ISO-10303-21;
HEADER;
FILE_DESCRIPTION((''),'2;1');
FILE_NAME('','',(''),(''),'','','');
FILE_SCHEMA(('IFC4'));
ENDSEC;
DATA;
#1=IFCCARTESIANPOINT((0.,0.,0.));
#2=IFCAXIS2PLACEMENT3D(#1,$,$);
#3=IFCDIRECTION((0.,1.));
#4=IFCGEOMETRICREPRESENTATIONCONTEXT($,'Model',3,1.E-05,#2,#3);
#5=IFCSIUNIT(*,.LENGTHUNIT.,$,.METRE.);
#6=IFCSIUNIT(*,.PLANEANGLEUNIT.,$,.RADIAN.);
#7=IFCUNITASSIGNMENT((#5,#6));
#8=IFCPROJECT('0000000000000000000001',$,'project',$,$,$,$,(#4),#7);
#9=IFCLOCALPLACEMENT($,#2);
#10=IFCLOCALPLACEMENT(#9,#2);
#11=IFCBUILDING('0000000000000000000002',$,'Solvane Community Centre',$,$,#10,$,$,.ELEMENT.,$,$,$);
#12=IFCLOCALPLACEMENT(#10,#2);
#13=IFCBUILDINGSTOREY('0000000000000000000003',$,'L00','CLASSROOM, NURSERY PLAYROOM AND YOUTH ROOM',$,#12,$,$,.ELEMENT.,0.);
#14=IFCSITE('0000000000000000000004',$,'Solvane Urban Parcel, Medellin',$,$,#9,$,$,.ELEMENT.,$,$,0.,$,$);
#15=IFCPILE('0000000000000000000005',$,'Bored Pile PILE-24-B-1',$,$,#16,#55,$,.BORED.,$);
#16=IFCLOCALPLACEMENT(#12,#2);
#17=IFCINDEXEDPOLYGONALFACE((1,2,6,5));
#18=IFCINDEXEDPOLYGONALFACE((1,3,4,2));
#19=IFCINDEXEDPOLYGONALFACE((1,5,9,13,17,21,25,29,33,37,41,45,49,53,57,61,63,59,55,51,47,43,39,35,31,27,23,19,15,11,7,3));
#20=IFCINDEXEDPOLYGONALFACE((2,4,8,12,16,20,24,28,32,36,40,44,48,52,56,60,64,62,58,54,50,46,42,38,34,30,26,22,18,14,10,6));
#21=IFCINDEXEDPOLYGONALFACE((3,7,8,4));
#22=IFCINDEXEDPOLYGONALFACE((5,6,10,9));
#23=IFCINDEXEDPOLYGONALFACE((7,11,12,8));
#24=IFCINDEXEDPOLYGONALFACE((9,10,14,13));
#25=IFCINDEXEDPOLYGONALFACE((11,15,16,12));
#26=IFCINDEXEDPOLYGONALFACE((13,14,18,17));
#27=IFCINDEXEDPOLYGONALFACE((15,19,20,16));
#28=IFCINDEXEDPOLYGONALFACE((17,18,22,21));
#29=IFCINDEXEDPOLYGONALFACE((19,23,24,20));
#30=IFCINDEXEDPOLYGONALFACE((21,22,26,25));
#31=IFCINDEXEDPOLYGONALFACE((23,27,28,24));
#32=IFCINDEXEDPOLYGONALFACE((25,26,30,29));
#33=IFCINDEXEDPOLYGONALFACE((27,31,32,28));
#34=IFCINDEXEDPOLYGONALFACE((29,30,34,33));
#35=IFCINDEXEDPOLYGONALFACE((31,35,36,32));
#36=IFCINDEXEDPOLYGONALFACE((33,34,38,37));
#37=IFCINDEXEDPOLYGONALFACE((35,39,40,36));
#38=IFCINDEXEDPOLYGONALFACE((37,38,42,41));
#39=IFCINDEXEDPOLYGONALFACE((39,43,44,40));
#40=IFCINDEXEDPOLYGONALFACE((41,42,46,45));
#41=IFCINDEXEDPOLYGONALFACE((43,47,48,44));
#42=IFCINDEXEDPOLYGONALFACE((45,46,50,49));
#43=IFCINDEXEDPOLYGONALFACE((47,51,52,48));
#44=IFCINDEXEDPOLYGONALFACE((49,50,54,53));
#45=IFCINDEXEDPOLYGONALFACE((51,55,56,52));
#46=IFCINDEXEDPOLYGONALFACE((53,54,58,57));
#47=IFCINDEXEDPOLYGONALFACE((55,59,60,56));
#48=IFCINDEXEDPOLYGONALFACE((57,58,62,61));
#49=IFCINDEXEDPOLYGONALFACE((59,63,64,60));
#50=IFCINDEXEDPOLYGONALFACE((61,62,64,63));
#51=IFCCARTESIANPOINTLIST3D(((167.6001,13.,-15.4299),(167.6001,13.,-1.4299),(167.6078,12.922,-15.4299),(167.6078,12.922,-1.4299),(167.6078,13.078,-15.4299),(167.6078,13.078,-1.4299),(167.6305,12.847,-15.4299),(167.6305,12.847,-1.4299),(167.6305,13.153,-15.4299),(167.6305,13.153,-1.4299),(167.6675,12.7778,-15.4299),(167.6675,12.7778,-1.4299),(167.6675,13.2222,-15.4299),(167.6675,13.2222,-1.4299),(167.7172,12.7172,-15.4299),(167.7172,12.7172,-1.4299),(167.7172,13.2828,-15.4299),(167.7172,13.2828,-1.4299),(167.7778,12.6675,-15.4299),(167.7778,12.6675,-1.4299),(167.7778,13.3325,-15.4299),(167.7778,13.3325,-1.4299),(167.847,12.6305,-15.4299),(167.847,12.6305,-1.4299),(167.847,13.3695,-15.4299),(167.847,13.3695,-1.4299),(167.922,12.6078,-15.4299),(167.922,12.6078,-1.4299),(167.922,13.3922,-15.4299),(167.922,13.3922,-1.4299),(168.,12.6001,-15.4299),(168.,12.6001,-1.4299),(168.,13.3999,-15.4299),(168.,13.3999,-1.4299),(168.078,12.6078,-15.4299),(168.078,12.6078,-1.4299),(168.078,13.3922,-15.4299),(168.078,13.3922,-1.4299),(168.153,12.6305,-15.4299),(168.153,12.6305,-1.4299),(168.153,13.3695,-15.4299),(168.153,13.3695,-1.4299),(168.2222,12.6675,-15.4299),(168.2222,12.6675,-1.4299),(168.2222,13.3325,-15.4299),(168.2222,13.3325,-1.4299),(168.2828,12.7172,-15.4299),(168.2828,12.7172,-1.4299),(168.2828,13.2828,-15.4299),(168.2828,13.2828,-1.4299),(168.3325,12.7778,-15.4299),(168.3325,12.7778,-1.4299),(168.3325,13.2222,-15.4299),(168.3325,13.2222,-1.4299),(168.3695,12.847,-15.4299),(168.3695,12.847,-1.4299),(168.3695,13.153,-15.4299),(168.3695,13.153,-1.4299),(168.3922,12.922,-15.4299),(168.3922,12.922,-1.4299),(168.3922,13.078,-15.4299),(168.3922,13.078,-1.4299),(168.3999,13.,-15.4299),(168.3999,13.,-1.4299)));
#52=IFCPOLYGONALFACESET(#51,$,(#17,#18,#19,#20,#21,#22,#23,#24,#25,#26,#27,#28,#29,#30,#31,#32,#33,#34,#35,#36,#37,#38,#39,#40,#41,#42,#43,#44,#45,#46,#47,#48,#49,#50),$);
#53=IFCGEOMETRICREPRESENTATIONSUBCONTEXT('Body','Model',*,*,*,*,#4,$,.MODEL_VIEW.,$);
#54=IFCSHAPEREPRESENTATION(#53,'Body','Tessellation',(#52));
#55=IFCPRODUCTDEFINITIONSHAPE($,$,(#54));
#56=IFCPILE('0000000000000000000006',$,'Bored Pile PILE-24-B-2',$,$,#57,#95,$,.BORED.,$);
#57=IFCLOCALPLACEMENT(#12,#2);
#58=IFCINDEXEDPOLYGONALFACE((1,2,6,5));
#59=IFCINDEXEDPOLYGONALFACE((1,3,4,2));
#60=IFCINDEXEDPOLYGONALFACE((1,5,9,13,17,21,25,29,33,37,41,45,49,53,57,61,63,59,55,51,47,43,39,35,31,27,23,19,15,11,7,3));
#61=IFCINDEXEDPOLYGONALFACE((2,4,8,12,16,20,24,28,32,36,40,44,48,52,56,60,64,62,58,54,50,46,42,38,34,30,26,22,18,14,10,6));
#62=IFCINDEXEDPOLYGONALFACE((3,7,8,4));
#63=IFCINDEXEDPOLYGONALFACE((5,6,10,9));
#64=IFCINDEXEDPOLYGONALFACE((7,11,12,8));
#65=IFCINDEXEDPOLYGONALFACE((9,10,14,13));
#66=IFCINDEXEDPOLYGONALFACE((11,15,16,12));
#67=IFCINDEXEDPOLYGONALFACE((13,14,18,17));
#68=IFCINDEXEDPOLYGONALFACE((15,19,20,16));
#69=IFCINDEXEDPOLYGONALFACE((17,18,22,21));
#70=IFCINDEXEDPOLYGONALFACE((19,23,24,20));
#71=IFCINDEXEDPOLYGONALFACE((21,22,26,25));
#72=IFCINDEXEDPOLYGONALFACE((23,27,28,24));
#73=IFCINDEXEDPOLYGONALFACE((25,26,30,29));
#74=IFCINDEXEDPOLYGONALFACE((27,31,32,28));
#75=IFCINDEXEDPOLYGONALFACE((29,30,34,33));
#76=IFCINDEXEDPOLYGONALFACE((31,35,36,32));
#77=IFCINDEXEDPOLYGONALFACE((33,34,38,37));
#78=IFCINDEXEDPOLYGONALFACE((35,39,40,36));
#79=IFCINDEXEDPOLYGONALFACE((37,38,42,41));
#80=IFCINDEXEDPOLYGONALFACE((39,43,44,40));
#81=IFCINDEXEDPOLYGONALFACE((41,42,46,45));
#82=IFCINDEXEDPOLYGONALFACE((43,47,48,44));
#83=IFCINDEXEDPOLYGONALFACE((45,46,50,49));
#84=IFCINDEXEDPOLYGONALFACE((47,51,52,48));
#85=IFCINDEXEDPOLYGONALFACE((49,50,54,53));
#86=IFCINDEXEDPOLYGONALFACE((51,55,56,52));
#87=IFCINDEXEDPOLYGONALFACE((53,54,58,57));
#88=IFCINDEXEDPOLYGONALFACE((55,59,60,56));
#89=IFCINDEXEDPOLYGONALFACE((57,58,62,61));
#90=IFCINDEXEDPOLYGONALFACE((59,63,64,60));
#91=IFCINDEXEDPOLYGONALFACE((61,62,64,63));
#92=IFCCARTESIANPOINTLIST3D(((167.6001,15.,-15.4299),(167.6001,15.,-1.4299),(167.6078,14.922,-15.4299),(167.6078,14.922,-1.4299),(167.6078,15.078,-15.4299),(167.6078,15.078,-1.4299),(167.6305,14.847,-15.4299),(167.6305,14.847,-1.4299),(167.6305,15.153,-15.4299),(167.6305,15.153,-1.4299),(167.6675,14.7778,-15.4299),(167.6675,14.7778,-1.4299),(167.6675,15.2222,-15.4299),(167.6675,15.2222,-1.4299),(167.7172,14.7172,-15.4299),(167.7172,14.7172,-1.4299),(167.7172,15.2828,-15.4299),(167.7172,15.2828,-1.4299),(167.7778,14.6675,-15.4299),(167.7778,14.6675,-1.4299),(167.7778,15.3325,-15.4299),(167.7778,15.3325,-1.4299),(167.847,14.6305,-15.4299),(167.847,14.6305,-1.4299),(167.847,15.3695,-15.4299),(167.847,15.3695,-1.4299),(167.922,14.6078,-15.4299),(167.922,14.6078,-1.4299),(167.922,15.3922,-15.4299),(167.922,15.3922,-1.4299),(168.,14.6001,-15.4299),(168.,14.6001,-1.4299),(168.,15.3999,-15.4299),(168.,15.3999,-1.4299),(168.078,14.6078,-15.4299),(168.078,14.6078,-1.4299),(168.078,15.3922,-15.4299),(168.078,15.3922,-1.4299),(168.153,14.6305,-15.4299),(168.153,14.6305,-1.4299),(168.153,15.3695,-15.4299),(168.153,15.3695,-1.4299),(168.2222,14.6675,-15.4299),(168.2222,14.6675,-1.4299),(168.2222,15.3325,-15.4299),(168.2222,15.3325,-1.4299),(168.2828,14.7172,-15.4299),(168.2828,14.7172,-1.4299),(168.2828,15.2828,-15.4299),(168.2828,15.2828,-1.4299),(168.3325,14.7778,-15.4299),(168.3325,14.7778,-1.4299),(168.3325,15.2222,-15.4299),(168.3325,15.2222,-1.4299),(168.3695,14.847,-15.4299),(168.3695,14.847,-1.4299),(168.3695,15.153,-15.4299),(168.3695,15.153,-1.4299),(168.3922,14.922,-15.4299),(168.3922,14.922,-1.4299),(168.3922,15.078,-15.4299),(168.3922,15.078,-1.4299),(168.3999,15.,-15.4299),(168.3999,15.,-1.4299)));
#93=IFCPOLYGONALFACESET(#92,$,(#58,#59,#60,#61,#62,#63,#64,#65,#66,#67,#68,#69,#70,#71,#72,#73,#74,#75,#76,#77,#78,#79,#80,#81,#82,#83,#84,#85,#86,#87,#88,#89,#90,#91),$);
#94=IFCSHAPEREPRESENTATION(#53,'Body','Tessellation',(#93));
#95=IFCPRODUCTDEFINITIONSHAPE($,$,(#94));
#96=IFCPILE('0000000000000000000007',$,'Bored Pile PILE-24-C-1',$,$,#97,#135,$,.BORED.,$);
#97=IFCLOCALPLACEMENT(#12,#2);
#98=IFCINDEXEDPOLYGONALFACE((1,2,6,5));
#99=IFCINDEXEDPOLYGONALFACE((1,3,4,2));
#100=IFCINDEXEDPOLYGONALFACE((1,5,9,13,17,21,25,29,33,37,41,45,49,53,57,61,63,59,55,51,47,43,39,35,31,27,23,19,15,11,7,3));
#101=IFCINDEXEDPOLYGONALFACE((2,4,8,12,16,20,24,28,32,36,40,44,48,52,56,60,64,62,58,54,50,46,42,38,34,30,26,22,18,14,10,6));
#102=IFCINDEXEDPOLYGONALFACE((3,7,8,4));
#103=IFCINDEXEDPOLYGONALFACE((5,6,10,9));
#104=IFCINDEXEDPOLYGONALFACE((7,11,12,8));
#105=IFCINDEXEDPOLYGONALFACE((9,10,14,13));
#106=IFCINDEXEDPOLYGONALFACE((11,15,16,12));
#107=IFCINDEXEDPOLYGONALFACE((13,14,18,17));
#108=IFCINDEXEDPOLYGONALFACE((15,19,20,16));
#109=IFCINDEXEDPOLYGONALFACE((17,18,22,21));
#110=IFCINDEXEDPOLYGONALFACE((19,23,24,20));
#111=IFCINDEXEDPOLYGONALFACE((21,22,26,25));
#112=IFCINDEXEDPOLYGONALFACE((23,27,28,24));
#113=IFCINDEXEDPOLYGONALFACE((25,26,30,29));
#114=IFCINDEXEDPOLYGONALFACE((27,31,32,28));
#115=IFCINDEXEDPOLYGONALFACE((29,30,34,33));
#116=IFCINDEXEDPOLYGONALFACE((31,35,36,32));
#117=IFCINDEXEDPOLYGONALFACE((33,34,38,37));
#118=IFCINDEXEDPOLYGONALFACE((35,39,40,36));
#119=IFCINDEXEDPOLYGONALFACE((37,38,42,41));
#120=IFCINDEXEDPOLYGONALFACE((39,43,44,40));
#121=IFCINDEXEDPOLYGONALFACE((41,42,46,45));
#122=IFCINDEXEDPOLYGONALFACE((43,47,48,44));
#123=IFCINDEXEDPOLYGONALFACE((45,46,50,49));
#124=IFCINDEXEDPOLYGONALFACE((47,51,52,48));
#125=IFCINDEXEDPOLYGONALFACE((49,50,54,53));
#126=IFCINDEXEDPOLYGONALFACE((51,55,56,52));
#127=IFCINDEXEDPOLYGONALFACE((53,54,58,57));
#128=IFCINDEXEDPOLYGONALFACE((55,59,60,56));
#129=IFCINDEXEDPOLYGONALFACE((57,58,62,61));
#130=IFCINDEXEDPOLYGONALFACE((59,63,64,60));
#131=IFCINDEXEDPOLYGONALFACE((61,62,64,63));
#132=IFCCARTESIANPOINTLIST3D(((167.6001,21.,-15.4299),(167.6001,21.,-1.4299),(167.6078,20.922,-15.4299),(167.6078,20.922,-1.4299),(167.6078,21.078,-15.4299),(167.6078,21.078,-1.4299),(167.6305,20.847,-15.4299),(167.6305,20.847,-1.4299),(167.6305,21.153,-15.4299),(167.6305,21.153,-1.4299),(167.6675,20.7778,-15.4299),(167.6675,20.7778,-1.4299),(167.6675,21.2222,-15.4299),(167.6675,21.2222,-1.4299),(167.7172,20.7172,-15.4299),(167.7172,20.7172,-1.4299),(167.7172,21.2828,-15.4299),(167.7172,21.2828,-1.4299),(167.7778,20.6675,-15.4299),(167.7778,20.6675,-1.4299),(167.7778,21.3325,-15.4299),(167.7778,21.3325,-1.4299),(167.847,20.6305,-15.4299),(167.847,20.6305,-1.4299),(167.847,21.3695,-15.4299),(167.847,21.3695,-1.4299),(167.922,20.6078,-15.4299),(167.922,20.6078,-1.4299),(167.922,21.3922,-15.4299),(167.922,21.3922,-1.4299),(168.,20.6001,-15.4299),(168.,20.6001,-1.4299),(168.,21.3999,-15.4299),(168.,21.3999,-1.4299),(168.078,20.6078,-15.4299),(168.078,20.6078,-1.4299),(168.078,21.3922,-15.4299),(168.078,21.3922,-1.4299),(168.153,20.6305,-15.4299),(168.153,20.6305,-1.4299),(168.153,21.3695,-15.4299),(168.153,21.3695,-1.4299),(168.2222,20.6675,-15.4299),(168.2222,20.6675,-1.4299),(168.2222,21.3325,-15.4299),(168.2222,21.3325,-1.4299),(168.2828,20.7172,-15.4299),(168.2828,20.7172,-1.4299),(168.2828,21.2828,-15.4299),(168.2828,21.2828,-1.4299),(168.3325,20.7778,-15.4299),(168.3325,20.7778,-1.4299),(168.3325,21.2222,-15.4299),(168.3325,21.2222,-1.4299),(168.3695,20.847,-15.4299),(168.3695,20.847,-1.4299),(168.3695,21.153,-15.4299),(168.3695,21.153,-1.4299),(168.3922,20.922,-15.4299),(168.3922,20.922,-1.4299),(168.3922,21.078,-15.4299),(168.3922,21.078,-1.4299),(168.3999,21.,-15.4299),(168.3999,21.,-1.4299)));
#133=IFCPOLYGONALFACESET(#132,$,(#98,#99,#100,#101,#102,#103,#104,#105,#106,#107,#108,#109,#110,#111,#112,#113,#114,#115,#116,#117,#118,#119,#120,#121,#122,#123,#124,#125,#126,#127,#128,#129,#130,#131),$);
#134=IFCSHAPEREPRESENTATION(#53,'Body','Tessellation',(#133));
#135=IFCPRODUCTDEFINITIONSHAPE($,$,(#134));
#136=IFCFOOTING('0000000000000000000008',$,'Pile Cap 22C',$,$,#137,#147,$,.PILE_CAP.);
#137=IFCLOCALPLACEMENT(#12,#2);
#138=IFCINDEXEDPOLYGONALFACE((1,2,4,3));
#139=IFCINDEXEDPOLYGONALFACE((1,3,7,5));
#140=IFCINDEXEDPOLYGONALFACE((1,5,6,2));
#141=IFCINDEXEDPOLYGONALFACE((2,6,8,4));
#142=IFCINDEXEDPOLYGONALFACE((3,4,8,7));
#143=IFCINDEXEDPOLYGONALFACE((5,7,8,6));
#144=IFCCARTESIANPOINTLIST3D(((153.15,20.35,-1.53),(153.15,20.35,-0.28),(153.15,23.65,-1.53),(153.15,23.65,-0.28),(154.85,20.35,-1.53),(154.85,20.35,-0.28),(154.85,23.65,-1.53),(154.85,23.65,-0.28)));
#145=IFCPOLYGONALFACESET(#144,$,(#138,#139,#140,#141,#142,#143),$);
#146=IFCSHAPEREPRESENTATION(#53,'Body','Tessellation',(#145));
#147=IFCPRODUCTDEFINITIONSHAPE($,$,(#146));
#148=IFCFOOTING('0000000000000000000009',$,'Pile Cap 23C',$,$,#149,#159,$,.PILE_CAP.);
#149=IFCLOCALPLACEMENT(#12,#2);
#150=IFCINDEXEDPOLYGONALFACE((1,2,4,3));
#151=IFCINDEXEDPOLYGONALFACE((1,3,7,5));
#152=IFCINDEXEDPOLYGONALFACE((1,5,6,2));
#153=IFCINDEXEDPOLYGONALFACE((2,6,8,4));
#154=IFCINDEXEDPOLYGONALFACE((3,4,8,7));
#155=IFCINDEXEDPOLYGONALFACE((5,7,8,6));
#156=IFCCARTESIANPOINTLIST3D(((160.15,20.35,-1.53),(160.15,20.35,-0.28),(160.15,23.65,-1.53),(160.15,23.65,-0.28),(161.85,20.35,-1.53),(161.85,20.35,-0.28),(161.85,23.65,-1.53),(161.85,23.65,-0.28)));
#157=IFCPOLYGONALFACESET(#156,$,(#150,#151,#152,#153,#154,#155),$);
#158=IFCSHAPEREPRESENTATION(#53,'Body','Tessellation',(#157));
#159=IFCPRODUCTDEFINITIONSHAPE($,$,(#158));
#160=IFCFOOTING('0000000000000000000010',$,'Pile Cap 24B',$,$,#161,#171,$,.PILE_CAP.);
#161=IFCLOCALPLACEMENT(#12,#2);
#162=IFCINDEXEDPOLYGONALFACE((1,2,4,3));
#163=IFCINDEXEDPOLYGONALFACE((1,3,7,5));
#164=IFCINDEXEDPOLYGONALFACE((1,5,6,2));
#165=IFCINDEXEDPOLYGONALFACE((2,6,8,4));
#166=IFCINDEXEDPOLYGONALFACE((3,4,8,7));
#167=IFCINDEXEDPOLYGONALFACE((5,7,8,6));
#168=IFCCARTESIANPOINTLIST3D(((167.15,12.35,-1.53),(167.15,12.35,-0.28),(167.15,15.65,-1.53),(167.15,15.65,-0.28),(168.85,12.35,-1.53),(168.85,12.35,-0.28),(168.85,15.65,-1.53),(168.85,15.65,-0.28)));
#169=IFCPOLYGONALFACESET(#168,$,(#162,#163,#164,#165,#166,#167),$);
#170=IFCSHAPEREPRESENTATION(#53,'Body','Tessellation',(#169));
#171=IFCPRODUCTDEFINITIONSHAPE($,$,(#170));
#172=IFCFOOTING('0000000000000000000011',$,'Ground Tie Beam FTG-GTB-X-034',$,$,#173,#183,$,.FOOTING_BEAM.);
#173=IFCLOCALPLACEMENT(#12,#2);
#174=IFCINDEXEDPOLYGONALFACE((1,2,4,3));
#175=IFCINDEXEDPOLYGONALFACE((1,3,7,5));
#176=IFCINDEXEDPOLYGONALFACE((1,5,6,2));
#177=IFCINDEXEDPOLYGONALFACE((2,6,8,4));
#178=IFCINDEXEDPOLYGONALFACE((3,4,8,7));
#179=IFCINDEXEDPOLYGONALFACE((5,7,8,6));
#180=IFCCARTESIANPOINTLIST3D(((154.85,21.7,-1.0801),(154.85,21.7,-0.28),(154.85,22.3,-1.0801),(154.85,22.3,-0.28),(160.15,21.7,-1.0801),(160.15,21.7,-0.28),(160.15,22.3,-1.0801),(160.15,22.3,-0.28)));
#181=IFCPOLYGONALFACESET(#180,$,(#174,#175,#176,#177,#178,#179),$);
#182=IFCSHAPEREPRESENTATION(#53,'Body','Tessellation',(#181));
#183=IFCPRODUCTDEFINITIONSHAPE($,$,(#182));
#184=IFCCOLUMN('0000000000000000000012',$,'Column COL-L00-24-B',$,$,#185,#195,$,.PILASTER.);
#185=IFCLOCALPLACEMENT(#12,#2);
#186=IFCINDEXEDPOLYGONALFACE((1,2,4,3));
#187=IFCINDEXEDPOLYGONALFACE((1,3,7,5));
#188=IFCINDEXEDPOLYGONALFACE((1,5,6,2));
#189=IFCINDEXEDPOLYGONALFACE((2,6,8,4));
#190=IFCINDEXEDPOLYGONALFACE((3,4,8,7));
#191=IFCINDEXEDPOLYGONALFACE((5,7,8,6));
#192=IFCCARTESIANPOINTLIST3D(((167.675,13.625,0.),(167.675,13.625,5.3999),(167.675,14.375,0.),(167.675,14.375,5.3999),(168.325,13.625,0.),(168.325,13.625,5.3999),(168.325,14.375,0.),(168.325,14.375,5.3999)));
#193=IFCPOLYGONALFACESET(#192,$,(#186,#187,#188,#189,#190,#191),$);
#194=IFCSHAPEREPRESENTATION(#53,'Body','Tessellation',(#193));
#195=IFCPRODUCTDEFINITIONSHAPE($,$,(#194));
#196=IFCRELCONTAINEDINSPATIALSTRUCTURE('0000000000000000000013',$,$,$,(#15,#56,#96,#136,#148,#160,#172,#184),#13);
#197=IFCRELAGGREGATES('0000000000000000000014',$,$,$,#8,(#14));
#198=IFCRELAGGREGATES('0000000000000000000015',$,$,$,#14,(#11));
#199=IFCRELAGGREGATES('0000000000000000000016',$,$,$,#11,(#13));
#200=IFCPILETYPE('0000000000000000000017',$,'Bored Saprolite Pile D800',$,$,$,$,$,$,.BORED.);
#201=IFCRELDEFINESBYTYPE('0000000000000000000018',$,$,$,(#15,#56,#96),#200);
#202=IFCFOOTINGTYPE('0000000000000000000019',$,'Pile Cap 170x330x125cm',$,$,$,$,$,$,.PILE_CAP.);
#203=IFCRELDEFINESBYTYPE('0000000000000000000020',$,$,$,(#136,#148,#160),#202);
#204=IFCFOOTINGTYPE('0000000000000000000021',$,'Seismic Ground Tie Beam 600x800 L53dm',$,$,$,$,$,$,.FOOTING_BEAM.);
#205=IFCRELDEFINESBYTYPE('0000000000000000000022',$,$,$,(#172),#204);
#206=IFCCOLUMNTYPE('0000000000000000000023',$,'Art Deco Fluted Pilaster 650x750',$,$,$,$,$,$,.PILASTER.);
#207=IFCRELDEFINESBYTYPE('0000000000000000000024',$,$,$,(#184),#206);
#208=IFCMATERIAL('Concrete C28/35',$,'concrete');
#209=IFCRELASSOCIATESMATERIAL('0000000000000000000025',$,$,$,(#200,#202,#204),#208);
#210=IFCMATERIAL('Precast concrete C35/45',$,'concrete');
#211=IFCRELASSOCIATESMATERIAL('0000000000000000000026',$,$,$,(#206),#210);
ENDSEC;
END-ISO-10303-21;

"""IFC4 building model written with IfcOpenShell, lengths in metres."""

from ifc_helpers import new_model, si_unit, direction, frame, origin, origin_2d, place, context, subcontext, project, spatial, rectangle, circle, extrude, material, material_profile, profile_set, type_object, element, save


model = new_model("IFC4")

# Units and contexts
model_context = context("Model", 3, precision=1e-05, world=origin(), true_north=direction((0.0, 1.0)))
body_context = subcontext(model_context, "Body", "Model", "MODEL_VIEW")
ifc_project = project(units=[si_unit("LENGTHUNIT", "METRE"), si_unit("PLANEANGLEUNIT", "RADIAN")], contexts=[model_context])

# Site, building, storey
site_placement = place(None, origin())
site = spatial("IfcSite", under=ifc_project, at=site_placement, Name="Solvane Urban Parcel, Medellin", CompositionType="ELEMENT", RefElevation=0.0)
building_placement = place(site_placement, origin())
building = spatial("IfcBuilding", under=site, at=building_placement, Name="Solvane Community Centre", CompositionType="ELEMENT")
storey_placement = place(building_placement, origin())
storey = spatial("IfcBuildingStorey", under=building, at=storey_placement, Name="L00", Description="CLASSROOM, NURSERY PLAYROOM AND YOUTH ROOM", CompositionType="ELEMENT", Elevation=0.0)

# Piles
ifc_material_1 = material(Name="Concrete C28/35", Category="concrete")
ifc_material_profile_1 = material_profile(ifc_material_1, circle(Radius=0.3999, at=origin_2d()), Name="PILE D800")
ifc_profile_set_1 = profile_set([ifc_material_profile_1], Name="Concrete C28/35")
pile_type = type_object("IfcPileType", Name="Bored Saprolite Pile D800", PredefinedType="BORED", material=ifc_profile_set_1)
for number, where, z_axis, x_axis, name in (
    (1, (168.0, 13.0, -1.4299), (0.0, 0.0, -1.0), (1.0, 0.0, 0.0), "Bored Pile PILE-24-B-1"),
    (2, (168.0, 15.0, -1.4299), (0.0, 0.0, -1.0), (1.0, 0.0, 0.0), "Bored Pile PILE-24-B-2"),
    (3, (168.0, 21.0, -1.4299), (0.0, 0.0, -1.0), (1.0, 0.0, 0.0), "Bored Pile PILE-24-C-1"),
):
    element("IfcPile", number, at=place(storey_placement, frame(where, z_axis=z_axis, x_axis=x_axis)), inside=storey, type_object=pile_type, Name=name, PredefinedType="BORED", context=body_context, shape_type="SweptSolid", body=[
        extrude(circle(Radius=0.3999, at=origin_2d()), origin(), (0.0, 0.0, 1.0), 14.0),
    ])

# Footings
footing_type_1 = type_object("IfcFootingType", Name="Pile Cap 170x330x125cm", PredefinedType="PILE_CAP", material=ifc_material_1)
for number, where, z_axis, x_axis, name in (
    (4, (154.0, 22.0, -1.53), (0.0, 0.0, 1.0), (1.0, 0.0, 0.0), "Pile Cap 22C"),
    (5, (161.0, 22.0, -1.53), (0.0, 0.0, 1.0), (1.0, 0.0, 0.0), "Pile Cap 23C"),
    (6, (168.0, 14.0, -1.53), (0.0, 0.0, 1.0), (1.0, 0.0, 0.0), "Pile Cap 24B"),
):
    element("IfcFooting", number, at=place(storey_placement, frame(where, z_axis=z_axis, x_axis=x_axis)), inside=storey, type_object=footing_type_1, Name=name, PredefinedType="PILE_CAP", context=body_context, shape_type="SweptSolid", body=[
        extrude(rectangle(XDim=1.7, YDim=3.3, at=origin_2d()), origin(), (0.0, 0.0, 1.0), 1.25),
    ])
footing_type_2 = type_object("IfcFootingType", Name="Seismic Ground Tie Beam 600x800 L53dm", PredefinedType="FOOTING_BEAM", material=ifc_material_1)
footing_placement = place(storey_placement, frame((157.5, 22.0, -1.0801), z_axis=(0.0, 0.0, 1.0), x_axis=(1.0, 0.0, 0.0)))
element("IfcFooting", 7, at=footing_placement, inside=storey, type_object=footing_type_2, Name="Ground Tie Beam FTG-GTB-X-034", PredefinedType="FOOTING_BEAM", context=body_context, shape_type="SweptSolid", body=[
    extrude(rectangle(XDim=5.3, YDim=0.6001, at=origin_2d()), origin(), (0.0, 0.0, 1.0), 0.8),
])

# Column
ifc_material_2 = material(Name="Precast concrete C35/45", Category="concrete")
ifc_material_profile_2 = material_profile(ifc_material_2, rectangle(XDim=0.6499, YDim=0.75, at=origin_2d()), Name="RC 650x750")
ifc_profile_set_2 = profile_set([ifc_material_profile_2], Name="Precast concrete C35/45")
column_type_1 = type_object("IfcColumnType", Name="Art Deco Fluted Pilaster 650x750", PredefinedType="PILASTER", material=ifc_profile_set_2)
column_placement = place(storey_placement, frame((168.0, 14.0, 0.0), z_axis=(0.0, 0.0, 1.0), x_axis=(1.0, 0.0, 0.0)))
element("IfcColumn", 8, at=column_placement, inside=storey, type_object=column_type_1, Name="Column COL-L00-24-B", PredefinedType="PILASTER", context=body_context, shape_type="SweptSolid", body=[
    extrude(rectangle(XDim=0.6499, YDim=0.75, at=origin_2d()), origin(), (0.0, 0.0, 1.0), 5.3999),
])

save(model, "model.ifc")
